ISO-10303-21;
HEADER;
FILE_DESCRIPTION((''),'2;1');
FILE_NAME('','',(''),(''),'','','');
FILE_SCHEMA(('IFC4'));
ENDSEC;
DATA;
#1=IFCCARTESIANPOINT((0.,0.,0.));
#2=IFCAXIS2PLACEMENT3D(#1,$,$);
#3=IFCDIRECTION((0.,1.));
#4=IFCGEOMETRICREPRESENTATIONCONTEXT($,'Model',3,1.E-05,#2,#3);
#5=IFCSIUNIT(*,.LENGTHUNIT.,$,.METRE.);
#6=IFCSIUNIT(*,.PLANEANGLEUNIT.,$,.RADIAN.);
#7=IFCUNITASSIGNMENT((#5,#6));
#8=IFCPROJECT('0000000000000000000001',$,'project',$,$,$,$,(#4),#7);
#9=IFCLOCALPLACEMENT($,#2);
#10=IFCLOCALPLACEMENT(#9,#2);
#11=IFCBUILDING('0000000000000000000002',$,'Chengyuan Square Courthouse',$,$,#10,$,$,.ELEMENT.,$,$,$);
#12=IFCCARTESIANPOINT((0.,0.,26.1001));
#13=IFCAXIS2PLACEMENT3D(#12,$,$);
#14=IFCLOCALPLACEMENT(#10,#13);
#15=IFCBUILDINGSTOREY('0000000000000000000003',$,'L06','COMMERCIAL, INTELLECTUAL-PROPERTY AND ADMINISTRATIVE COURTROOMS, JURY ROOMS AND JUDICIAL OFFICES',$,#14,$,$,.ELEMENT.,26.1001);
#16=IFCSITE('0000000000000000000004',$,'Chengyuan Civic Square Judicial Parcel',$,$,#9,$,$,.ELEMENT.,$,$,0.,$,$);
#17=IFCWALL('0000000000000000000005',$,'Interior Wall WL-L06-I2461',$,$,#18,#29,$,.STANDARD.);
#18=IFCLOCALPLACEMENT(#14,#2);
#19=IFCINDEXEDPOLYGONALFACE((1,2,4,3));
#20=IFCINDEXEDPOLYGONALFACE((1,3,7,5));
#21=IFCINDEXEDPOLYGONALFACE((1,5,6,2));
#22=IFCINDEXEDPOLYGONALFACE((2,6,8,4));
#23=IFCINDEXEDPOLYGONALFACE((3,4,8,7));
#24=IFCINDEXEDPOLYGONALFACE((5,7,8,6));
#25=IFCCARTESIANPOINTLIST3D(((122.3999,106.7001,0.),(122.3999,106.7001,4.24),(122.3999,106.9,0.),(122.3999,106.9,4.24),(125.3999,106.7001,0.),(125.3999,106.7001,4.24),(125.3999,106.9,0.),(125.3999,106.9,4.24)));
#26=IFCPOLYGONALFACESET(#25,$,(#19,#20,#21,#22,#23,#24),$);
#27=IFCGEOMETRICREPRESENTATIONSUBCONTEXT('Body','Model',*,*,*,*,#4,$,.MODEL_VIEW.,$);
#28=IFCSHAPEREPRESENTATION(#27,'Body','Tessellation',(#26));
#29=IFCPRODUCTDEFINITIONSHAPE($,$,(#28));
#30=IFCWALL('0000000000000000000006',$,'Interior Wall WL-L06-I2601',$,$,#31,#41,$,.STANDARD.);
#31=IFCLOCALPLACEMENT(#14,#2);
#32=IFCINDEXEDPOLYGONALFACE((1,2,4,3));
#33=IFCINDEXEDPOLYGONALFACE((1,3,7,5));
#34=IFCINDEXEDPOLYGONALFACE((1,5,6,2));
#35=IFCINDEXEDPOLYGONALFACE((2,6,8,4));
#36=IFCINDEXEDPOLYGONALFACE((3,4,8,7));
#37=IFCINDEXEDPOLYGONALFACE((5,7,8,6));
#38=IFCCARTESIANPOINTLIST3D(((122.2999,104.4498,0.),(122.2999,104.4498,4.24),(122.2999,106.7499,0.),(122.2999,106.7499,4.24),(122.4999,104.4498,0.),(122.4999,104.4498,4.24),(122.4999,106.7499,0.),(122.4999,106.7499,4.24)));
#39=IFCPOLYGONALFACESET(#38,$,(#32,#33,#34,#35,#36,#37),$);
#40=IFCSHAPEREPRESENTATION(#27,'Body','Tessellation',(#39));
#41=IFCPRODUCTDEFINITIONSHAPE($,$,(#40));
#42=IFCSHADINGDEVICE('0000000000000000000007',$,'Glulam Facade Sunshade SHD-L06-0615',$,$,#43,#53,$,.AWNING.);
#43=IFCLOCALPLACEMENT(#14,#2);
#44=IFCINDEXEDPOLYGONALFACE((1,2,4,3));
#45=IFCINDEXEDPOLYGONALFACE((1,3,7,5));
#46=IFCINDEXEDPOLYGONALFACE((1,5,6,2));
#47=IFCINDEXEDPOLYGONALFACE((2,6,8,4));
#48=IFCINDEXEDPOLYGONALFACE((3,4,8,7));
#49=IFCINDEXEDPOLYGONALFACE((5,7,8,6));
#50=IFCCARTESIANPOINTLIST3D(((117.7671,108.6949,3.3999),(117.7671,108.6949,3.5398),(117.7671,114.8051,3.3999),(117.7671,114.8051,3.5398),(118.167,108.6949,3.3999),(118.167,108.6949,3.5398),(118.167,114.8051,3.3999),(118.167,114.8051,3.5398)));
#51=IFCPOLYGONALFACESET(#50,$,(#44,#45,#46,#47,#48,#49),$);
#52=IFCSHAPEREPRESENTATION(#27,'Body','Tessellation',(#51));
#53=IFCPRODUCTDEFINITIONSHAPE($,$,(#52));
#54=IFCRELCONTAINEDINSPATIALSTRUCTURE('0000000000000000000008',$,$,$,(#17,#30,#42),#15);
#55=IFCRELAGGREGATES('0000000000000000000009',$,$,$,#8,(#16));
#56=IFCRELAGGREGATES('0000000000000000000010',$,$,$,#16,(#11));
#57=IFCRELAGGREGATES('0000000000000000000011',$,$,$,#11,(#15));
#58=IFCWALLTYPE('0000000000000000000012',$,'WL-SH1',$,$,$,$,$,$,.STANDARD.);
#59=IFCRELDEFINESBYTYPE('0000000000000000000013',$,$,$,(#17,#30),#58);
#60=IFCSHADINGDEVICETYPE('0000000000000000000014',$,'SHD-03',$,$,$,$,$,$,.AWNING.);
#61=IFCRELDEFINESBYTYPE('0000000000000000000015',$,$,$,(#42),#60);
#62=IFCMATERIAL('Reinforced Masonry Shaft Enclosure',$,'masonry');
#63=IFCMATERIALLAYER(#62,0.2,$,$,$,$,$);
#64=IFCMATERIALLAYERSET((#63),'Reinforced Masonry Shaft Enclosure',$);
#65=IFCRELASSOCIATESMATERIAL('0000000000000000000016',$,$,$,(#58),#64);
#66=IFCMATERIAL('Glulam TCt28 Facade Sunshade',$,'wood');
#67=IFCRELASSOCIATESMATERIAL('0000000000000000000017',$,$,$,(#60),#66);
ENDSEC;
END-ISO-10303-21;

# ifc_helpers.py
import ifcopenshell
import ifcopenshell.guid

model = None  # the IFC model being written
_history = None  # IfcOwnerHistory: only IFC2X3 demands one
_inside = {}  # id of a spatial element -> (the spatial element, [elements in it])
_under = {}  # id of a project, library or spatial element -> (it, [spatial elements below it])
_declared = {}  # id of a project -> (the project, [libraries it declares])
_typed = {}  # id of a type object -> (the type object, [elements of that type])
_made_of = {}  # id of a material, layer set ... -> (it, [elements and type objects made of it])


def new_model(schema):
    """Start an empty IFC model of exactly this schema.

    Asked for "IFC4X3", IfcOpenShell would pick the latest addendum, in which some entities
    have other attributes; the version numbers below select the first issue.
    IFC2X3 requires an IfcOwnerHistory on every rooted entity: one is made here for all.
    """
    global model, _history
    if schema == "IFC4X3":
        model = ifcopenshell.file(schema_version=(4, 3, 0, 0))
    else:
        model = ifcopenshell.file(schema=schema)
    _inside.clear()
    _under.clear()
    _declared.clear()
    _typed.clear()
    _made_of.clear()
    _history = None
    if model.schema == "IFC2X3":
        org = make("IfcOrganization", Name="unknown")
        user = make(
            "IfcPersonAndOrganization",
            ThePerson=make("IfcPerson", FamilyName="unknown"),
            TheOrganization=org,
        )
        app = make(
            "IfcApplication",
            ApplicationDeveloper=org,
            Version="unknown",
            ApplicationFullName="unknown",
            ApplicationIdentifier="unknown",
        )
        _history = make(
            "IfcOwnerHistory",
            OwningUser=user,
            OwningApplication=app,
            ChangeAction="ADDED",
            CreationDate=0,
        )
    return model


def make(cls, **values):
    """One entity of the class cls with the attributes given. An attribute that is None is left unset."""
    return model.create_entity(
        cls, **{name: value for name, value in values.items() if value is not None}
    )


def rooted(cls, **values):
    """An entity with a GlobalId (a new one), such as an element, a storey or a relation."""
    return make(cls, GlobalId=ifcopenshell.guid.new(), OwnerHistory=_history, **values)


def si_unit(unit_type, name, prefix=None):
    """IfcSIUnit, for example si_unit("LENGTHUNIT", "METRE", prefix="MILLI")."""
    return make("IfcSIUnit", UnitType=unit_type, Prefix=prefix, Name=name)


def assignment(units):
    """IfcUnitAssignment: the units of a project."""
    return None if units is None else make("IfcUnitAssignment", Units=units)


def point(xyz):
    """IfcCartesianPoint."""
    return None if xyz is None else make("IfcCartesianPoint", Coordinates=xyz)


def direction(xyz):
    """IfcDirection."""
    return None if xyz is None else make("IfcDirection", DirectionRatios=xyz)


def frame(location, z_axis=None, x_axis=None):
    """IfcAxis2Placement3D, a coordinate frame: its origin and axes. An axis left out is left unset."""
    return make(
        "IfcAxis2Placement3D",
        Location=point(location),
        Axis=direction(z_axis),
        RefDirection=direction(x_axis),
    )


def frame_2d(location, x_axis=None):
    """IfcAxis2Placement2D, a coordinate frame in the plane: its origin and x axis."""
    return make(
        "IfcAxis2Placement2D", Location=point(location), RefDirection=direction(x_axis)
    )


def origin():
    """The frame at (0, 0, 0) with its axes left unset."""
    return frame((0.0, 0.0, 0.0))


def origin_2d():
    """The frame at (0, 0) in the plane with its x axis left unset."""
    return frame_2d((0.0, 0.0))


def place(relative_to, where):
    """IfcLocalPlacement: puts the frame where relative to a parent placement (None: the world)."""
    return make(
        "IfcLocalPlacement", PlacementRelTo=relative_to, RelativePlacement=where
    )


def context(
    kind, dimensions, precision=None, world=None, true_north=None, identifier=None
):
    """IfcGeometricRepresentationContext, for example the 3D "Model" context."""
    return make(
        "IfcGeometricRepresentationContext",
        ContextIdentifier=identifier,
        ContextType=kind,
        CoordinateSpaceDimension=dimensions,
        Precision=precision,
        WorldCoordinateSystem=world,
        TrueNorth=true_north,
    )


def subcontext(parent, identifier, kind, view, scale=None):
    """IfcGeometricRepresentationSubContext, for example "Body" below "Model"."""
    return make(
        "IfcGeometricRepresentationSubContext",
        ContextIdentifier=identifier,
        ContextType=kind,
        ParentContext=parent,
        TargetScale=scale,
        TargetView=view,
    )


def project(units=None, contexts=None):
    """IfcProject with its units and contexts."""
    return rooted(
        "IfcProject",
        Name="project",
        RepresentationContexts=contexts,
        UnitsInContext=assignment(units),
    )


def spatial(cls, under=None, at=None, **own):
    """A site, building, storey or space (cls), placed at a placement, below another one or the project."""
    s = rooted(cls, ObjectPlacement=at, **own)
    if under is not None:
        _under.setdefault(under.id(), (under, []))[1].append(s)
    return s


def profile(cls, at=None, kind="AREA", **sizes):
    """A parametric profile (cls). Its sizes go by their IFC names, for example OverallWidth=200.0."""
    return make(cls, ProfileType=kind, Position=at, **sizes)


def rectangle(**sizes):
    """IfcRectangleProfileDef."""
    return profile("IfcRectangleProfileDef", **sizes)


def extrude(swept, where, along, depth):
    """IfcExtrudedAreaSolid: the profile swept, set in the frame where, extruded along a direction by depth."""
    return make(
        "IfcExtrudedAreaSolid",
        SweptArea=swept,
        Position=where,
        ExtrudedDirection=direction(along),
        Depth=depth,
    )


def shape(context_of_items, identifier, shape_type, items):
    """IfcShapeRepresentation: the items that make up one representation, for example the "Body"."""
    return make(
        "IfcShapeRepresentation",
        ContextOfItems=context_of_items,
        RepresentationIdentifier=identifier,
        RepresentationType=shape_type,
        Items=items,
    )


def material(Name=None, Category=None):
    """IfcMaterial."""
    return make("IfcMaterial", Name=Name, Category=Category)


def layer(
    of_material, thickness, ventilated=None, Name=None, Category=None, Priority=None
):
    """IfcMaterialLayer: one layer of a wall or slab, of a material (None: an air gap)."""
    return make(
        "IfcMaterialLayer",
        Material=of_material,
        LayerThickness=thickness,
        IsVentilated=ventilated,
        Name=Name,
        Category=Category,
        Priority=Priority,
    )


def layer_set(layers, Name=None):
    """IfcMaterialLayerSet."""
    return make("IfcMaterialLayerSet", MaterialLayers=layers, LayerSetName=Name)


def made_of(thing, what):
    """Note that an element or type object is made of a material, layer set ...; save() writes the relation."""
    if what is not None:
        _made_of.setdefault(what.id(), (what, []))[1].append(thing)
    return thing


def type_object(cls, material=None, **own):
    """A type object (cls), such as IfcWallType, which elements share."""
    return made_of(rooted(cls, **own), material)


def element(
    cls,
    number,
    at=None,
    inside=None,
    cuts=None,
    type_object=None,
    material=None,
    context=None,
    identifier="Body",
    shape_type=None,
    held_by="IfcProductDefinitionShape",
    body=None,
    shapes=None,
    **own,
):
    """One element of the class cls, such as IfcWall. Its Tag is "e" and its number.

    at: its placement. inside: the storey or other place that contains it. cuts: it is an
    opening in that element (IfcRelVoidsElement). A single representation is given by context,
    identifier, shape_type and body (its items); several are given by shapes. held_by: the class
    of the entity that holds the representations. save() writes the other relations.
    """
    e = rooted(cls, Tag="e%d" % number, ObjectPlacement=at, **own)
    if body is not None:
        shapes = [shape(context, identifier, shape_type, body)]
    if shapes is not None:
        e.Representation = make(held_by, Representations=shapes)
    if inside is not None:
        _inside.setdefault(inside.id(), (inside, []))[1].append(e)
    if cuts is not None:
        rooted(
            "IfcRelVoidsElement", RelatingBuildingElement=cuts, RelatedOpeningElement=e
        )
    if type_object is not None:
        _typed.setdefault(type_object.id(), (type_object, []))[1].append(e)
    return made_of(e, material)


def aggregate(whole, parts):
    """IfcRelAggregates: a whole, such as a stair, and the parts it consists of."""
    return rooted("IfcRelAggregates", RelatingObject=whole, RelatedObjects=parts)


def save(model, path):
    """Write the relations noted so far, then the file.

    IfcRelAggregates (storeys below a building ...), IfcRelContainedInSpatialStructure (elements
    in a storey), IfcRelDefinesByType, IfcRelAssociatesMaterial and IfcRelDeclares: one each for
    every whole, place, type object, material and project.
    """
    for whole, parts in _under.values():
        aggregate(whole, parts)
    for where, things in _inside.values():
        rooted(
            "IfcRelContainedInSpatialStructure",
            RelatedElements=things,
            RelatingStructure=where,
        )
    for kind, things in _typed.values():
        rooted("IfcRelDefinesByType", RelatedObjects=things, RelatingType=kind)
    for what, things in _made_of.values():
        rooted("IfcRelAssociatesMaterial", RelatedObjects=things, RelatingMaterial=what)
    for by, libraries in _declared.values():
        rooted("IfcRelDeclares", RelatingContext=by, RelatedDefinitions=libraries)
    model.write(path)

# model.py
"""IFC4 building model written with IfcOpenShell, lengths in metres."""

from ifc_helpers import new_model, si_unit, direction, frame, frame_2d, origin, origin_2d, place, context, subcontext, project, spatial, rectangle, extrude, material, layer, layer_set, type_object, element, save


model = new_model("IFC4")

# Units and contexts
model_context = context("Model", 3, precision=1e-05, world=origin(), true_north=direction((0.0, 1.0)))
body_context = subcontext(model_context, "Body", "Model", "MODEL_VIEW")
ifc_project = project(units=[si_unit("LENGTHUNIT", "METRE"), si_unit("PLANEANGLEUNIT", "RADIAN")], contexts=[model_context])

# Site, building, storey
site_placement = place(None, origin())
site = spatial("IfcSite", under=ifc_project, at=site_placement, Name="Chengyuan Civic Square Judicial Parcel", CompositionType="ELEMENT", RefElevation=0.0)
building_placement = place(site_placement, origin())
building = spatial("IfcBuilding", under=site, at=building_placement, Name="Chengyuan Square Courthouse", CompositionType="ELEMENT")
storey_placement = place(building_placement, frame((0.0, 0.0, 26.1001)))
storey = spatial("IfcBuildingStorey", under=building, at=storey_placement, Name="L06", Description="COMMERCIAL, INTELLECTUAL-PROPERTY AND ADMINISTRATIVE COURTROOMS, JURY ROOMS AND JUDICIAL OFFICES", CompositionType="ELEMENT", Elevation=26.1001)

# Walls
ifc_material_1 = material(Name="Reinforced Masonry Shaft Enclosure", Category="masonry")
ifc_layer_1 = layer(ifc_material_1, 0.2)
ifc_layer_set_1 = layer_set([ifc_layer_1], Name="Reinforced Masonry Shaft Enclosure")
wall_type_1 = type_object("IfcWallType", Name="WL-SH1", PredefinedType="STANDARD", material=ifc_layer_set_1)
wall_1_placement = place(storey_placement, frame((122.3999, 106.8, 0.0), z_axis=(0.0, 0.0, 1.0), x_axis=(1.0, 0.0, 0.0)))
element("IfcWall", 1, at=wall_1_placement, inside=storey, type_object=wall_type_1, Name="Interior Wall WL-L06-I2461", PredefinedType="STANDARD", context=body_context, shape_type="SweptSolid", body=[
    extrude(rectangle(XDim=3.0, YDim=0.2, at=frame_2d((1.5, 0.0))), origin(), (0.0, 0.0, 1.0), 4.24),
])
wall_2_placement = place(storey_placement, frame((122.3999, 104.45, 0.0), z_axis=(0.0, 0.0, 1.0), x_axis=(0.0, 1.0, 0.0)))
element("IfcWall", 2, at=wall_2_placement, inside=storey, type_object=wall_type_1, Name="Interior Wall WL-L06-I2601", PredefinedType="STANDARD", context=body_context, shape_type="SweptSolid", body=[
    extrude(rectangle(XDim=2.3, YDim=0.2, at=frame_2d((1.1499, 0.0))), origin(), (0.0, 0.0, 1.0), 4.24),
])

# Shading device
ifc_material_2 = material(Name="Glulam TCt28 Facade Sunshade", Category="wood")
shading_device_type = type_object("IfcShadingDeviceType", Name="SHD-03", PredefinedType="AWNING", material=ifc_material_2)
shading_device_placement = place(storey_placement, frame((117.967, 111.75, 3.3999), z_axis=(0.0, 0.0, 1.0), x_axis=(0.0, 1.0, 0.0)))
element("IfcShadingDevice", 3, at=shading_device_placement, inside=storey, type_object=shading_device_type, Name="Glulam Facade Sunshade SHD-L06-0615", PredefinedType="AWNING", context=body_context, shape_type="SweptSolid", body=[
    extrude(rectangle(XDim=6.1101, YDim=0.3999, at=origin_2d()), origin(), (0.0, 0.0, 1.0), 0.1399),
])

save(model, "model.ifc")
